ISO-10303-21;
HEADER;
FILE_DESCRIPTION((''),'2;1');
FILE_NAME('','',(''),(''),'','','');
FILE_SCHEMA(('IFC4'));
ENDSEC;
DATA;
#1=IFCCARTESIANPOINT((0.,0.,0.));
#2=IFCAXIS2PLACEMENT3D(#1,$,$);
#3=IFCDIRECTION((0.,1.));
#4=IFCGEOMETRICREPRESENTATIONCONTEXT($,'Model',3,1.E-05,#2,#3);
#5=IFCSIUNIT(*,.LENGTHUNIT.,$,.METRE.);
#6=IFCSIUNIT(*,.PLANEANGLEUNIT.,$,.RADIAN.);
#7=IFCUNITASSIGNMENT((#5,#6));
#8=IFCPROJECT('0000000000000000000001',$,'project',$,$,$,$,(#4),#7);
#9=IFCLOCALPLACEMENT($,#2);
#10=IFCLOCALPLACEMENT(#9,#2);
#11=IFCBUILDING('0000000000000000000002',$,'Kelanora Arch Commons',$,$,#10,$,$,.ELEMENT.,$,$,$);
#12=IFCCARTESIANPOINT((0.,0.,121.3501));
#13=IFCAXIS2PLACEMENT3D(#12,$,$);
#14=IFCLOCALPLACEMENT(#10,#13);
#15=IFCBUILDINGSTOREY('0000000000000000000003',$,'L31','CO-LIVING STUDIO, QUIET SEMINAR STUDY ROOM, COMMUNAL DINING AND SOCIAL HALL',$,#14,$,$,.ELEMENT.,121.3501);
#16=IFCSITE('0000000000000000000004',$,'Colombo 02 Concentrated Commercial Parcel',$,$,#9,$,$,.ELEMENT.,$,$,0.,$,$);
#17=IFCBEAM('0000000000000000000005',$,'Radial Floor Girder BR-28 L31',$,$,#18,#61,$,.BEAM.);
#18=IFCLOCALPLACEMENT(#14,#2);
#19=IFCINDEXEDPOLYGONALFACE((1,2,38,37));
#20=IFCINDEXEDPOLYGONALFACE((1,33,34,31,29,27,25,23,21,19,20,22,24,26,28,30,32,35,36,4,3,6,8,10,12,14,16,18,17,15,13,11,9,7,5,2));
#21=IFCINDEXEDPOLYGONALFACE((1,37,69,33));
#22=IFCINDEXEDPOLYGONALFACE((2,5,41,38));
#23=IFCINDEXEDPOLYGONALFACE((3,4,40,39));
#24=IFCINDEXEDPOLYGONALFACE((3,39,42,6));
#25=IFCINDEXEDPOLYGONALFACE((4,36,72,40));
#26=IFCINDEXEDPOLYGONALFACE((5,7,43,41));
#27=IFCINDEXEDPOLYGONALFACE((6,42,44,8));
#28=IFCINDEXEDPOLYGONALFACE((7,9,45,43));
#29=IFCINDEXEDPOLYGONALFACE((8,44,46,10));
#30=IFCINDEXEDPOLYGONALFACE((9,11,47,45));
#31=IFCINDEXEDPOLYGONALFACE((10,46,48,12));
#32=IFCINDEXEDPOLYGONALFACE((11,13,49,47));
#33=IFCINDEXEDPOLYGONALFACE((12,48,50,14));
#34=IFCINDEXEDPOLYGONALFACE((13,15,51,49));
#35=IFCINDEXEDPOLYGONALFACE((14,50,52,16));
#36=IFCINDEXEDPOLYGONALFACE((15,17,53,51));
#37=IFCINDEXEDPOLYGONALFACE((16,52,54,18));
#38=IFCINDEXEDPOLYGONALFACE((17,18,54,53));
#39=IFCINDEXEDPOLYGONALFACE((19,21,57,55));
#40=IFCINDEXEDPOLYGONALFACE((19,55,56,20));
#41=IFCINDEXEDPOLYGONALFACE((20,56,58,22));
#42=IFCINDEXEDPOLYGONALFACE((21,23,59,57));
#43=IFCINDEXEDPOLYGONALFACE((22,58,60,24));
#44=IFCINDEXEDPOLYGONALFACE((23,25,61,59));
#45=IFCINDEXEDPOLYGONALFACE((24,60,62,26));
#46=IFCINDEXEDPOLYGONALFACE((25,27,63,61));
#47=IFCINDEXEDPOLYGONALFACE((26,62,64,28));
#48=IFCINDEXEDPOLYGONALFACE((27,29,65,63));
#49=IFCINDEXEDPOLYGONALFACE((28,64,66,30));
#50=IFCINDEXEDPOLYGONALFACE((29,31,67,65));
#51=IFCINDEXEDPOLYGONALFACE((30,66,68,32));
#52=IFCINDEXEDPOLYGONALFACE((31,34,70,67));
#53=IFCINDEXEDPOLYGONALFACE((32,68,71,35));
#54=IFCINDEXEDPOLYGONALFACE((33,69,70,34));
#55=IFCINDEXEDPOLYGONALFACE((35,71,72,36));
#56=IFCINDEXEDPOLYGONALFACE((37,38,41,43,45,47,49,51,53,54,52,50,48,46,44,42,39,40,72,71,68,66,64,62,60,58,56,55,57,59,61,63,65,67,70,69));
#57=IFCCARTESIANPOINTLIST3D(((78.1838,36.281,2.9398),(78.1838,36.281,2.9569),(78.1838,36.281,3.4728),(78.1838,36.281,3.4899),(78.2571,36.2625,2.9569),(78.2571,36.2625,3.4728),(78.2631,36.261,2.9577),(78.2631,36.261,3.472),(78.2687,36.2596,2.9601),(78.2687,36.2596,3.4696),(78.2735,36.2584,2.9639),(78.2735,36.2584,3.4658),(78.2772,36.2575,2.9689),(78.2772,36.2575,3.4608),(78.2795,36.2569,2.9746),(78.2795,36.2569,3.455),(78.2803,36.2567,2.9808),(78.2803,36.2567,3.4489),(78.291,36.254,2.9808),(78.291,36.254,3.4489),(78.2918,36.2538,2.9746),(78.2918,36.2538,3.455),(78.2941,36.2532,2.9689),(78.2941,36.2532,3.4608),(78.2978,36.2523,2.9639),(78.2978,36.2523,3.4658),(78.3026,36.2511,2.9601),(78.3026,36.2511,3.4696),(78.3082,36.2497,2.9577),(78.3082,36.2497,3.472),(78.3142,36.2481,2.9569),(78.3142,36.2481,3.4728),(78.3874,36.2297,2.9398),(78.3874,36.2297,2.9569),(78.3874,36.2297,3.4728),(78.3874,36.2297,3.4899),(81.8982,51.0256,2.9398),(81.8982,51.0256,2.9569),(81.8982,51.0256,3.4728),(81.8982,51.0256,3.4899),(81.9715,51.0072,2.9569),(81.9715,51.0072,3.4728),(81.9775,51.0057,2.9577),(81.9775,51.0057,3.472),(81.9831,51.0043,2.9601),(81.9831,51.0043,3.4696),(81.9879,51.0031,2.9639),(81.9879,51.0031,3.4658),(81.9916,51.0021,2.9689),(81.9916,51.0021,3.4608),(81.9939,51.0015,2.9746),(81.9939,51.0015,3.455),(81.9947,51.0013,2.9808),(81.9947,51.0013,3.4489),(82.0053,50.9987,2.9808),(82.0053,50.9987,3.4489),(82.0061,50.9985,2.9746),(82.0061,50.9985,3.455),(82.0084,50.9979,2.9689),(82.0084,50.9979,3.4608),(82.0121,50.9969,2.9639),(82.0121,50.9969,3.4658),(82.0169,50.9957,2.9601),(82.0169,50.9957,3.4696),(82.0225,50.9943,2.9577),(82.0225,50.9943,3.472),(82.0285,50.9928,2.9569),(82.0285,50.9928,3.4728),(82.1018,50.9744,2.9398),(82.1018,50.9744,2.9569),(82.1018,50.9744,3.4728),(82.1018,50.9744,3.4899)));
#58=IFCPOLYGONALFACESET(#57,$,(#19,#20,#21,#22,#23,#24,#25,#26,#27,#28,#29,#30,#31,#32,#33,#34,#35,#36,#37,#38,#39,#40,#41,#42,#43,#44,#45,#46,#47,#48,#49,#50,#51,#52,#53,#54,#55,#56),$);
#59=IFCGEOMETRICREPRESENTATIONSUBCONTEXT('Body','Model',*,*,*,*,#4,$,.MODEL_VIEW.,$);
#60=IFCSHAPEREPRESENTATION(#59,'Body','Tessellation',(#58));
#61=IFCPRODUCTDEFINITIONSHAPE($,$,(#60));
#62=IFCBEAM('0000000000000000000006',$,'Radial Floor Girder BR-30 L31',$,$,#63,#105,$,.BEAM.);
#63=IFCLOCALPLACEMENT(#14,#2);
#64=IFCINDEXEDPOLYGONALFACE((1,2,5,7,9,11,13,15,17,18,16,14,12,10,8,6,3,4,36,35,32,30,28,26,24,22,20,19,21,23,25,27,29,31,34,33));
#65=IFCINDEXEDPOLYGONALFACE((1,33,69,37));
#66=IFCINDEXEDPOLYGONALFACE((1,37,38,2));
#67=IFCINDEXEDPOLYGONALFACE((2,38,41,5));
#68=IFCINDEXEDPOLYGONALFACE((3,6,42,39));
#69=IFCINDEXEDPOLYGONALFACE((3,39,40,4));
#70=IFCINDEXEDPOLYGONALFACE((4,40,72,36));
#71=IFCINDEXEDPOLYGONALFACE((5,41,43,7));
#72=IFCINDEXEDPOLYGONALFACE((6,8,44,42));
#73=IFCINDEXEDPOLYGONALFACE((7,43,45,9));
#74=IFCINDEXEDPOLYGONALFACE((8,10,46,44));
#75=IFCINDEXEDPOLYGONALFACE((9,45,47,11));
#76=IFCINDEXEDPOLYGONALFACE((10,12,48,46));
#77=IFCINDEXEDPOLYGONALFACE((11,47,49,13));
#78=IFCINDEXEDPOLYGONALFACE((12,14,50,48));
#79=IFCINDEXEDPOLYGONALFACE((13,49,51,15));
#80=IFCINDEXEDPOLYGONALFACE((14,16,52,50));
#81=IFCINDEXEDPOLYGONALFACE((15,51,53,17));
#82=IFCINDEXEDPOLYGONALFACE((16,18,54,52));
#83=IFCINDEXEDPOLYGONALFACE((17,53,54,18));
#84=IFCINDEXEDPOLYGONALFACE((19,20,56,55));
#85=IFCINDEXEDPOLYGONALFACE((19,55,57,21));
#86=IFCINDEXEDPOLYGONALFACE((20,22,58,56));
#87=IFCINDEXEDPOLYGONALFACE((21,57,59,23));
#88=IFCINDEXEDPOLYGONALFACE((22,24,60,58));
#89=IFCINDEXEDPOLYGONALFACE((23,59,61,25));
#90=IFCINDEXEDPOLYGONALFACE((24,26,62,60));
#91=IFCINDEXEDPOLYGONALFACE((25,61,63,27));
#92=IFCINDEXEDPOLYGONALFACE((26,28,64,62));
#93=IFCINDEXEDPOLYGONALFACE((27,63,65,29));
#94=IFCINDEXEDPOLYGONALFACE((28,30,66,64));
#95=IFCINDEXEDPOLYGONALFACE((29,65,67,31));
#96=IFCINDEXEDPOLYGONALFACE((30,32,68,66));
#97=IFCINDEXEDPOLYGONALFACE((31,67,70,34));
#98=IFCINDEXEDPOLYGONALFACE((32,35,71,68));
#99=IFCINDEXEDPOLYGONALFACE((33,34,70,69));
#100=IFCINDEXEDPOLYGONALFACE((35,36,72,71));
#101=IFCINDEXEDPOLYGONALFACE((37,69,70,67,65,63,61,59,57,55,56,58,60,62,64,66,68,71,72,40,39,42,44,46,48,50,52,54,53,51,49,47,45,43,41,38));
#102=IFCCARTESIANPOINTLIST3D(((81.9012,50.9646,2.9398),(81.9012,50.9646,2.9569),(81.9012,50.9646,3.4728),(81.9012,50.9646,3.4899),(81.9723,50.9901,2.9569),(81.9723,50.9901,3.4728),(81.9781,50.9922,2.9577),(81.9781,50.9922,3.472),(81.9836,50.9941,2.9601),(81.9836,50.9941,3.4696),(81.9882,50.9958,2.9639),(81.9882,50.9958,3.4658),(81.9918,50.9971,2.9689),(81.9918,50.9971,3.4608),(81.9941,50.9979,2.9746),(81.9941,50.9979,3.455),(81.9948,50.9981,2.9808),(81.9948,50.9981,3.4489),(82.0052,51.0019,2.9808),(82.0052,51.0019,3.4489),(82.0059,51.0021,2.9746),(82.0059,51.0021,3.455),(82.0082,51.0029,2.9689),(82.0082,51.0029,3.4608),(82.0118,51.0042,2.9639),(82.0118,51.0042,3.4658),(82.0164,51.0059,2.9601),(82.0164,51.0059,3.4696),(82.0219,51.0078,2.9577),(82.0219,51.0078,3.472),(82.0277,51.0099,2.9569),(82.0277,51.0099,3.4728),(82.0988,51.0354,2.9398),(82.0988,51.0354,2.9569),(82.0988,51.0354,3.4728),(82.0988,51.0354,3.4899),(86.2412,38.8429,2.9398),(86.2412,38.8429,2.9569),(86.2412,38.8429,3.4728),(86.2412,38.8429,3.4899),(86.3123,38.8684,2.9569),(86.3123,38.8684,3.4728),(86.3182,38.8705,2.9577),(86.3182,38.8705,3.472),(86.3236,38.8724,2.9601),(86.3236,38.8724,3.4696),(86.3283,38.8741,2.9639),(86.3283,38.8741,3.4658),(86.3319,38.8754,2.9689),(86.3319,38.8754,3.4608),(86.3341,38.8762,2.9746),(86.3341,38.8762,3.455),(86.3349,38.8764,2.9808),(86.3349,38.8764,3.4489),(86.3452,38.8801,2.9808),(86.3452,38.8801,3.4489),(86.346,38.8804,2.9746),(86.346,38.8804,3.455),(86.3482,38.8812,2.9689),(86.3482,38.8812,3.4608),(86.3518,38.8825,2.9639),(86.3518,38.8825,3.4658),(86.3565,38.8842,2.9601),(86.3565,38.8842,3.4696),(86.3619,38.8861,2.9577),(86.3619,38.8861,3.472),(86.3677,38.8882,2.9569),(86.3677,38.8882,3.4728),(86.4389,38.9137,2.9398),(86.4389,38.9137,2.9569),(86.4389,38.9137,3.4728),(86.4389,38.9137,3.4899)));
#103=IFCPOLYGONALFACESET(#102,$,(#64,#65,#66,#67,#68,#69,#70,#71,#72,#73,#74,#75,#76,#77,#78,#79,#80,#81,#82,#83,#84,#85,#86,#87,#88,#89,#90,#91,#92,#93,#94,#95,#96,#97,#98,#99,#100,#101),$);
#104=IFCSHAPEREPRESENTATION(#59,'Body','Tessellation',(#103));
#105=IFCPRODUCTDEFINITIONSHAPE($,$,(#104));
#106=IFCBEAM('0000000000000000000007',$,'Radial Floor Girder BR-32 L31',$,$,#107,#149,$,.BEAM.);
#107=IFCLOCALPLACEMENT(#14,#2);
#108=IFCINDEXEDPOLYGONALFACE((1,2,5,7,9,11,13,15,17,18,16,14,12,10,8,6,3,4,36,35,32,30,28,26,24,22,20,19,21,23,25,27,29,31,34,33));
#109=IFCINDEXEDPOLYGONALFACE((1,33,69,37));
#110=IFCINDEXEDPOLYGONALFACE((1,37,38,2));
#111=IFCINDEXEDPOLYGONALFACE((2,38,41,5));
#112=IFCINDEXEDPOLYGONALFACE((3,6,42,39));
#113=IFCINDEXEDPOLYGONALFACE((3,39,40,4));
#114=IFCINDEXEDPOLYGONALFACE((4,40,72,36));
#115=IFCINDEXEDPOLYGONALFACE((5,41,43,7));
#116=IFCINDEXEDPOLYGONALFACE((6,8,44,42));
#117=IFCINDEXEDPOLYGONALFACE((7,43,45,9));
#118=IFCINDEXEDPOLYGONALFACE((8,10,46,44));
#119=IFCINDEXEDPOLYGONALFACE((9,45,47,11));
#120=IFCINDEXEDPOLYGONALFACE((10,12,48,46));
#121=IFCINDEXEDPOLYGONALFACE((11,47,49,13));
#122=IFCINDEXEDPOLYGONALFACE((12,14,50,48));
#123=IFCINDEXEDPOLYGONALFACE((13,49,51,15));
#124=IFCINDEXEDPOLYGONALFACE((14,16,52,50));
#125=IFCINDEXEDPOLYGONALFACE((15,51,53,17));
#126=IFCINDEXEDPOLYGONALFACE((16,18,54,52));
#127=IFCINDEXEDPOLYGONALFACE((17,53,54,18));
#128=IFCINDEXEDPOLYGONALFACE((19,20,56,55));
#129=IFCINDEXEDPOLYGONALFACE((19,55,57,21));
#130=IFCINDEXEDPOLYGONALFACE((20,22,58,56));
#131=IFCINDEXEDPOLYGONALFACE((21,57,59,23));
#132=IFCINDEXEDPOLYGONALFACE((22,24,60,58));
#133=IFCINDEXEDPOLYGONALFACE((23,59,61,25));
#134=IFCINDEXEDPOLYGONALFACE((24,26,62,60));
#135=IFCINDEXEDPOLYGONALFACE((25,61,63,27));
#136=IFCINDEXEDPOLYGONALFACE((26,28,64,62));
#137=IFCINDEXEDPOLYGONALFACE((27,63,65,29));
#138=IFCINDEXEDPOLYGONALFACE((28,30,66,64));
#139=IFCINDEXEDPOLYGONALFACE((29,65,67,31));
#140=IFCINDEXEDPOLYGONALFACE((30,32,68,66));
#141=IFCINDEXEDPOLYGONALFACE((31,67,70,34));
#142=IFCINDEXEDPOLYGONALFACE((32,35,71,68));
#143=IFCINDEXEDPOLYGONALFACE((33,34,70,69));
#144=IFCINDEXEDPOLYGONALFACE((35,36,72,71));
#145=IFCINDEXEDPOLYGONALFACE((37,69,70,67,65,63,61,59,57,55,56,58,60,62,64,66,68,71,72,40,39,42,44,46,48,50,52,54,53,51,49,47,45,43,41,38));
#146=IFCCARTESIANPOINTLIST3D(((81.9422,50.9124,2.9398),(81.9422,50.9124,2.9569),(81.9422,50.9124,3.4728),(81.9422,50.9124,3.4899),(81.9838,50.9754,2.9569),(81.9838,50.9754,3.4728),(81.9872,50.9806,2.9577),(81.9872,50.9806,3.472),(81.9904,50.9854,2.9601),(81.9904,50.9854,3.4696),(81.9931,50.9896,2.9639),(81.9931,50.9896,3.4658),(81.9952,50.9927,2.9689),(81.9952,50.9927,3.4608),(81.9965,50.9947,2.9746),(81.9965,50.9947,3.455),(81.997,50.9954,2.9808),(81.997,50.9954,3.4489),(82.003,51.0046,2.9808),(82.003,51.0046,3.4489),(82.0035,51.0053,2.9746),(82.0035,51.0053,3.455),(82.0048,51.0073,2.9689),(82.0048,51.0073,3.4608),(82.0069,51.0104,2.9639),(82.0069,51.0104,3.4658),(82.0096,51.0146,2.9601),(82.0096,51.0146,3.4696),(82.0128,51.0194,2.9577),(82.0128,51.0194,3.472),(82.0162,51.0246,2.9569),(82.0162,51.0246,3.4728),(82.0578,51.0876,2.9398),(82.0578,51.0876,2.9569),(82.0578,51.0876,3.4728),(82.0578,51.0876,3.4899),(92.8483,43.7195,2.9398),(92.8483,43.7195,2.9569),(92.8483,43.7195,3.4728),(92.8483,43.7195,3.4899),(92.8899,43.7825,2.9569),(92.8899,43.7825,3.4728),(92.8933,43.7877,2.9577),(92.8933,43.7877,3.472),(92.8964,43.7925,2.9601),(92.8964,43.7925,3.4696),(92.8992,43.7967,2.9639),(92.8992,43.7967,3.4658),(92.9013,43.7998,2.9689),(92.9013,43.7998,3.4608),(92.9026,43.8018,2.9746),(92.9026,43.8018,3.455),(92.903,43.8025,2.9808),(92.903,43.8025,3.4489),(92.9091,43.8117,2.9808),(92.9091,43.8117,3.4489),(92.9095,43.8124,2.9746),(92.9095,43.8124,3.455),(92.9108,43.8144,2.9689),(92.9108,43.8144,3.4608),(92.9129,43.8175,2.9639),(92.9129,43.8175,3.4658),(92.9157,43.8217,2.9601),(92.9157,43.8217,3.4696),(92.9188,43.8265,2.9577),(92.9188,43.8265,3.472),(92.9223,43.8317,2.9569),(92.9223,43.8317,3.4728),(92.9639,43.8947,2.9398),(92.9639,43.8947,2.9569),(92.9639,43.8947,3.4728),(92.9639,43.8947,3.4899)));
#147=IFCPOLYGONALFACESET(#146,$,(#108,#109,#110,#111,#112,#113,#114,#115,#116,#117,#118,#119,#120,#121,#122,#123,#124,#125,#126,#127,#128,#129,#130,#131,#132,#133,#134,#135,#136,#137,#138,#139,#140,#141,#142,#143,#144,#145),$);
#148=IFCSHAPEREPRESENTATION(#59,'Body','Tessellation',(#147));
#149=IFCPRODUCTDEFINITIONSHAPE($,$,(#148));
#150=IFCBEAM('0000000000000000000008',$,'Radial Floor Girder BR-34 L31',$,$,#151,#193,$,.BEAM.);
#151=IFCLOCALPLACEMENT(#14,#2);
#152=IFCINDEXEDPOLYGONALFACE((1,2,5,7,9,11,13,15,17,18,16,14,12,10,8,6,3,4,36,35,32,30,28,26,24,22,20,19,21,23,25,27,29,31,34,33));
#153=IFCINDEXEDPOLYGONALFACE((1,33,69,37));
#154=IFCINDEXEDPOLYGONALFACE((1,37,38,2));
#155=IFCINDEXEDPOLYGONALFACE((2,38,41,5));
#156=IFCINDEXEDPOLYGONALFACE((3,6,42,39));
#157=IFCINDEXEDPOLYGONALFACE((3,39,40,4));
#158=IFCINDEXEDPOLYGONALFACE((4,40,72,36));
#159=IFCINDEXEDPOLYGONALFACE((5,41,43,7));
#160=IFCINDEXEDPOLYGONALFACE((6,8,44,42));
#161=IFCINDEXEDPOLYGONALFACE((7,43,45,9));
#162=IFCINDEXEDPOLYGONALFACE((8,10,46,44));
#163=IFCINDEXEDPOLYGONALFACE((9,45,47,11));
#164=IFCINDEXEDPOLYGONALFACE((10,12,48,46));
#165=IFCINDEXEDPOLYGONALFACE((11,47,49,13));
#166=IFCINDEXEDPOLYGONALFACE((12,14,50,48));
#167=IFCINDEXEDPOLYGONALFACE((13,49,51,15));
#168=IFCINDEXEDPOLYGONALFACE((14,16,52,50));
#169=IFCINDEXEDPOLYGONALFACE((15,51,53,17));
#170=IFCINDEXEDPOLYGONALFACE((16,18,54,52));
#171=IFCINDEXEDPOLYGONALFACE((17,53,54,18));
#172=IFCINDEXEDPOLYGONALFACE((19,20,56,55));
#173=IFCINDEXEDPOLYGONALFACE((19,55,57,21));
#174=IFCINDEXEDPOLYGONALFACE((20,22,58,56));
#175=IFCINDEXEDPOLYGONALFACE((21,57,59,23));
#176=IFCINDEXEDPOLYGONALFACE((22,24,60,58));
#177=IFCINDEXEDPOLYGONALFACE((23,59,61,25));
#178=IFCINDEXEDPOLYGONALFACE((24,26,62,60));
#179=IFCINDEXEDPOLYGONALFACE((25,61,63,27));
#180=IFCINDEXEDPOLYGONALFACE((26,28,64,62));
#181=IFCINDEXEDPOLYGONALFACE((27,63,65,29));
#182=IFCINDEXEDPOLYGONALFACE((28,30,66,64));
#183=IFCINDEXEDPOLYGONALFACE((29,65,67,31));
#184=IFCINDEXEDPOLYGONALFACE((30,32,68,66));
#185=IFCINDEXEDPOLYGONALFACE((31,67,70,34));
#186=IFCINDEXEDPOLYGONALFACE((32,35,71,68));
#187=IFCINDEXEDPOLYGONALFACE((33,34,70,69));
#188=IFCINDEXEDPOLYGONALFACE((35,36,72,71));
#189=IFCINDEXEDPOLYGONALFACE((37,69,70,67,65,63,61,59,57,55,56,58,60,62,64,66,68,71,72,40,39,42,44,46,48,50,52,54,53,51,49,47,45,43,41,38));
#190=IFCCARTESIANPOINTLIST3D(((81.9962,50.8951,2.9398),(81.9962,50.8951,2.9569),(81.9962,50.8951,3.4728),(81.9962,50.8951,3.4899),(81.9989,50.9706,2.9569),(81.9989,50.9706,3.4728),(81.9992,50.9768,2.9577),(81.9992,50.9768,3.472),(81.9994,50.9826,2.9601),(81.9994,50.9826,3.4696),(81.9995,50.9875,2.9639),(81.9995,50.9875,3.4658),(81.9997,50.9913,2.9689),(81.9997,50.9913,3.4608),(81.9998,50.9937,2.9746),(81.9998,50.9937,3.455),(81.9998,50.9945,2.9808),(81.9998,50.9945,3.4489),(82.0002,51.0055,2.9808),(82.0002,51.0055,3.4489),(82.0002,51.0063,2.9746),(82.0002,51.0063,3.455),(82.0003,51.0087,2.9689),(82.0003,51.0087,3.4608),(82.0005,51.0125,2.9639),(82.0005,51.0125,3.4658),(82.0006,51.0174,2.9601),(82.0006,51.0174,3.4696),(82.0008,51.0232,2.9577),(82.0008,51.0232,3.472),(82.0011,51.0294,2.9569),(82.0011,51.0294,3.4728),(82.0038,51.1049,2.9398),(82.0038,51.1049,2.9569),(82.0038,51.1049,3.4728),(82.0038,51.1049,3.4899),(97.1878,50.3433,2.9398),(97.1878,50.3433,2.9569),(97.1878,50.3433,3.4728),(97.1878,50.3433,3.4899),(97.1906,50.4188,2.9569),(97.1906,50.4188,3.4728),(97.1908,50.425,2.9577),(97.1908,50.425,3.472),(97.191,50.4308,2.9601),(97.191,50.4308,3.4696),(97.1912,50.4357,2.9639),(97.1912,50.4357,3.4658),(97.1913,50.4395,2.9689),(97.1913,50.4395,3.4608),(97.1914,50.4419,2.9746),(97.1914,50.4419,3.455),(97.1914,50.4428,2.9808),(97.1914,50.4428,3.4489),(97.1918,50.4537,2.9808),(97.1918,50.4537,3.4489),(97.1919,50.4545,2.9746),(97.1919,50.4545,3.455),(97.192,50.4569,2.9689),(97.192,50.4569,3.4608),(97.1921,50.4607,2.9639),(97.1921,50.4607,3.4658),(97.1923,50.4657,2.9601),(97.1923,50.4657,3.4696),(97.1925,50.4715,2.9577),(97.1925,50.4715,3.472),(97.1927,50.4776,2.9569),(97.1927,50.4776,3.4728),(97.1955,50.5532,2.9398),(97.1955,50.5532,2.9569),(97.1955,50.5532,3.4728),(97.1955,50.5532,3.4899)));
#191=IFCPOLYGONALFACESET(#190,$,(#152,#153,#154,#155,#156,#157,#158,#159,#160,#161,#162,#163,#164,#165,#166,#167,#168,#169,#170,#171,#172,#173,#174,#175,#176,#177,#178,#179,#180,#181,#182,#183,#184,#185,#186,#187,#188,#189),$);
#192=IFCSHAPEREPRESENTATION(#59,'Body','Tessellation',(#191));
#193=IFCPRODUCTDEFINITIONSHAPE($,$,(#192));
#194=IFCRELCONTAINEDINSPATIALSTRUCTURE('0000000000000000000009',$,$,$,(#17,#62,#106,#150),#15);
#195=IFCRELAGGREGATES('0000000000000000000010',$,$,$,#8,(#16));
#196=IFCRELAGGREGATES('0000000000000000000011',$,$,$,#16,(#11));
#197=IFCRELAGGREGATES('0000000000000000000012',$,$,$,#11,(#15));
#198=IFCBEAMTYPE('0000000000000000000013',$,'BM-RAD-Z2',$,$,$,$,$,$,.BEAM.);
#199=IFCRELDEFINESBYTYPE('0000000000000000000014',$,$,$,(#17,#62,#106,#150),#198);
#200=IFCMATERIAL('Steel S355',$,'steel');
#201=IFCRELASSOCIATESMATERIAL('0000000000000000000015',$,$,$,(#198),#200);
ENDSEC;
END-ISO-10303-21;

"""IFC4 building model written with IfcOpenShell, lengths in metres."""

from ifc_helpers import new_model, si_unit, direction, frame, origin, origin_2d, place, context, subcontext, project, spatial, i_section, extrude, material, material_profile, profile_set, type_object, element, save


model = new_model("IFC4")

# Units and contexts
model_context = context("Model", 3, precision=1e-05, world=origin(), true_north=direction((0.0, 1.0)))
body_context = subcontext(model_context, "Body", "Model", "MODEL_VIEW")
ifc_project = project(units=[si_unit("LENGTHUNIT", "METRE"), si_unit("PLANEANGLEUNIT", "RADIAN")], contexts=[model_context])

# Site, building, storey
site_placement = place(None, origin())
site = spatial("IfcSite", under=ifc_project, at=site_placement, Name="Colombo 02 Concentrated Commercial Parcel", CompositionType="ELEMENT", RefElevation=0.0)
building_placement = place(site_placement, origin())
building = spatial("IfcBuilding", under=site, at=building_placement, Name="Kelanora Arch Commons", CompositionType="ELEMENT")
storey_placement = place(building_placement, frame((0.0, 0.0, 121.3501)))
storey = spatial("IfcBuildingStorey", under=building, at=storey_placement, Name="L31", Description="CO-LIVING STUDIO, QUIET SEMINAR STUDY ROOM, COMMUNAL DINING AND SOCIAL HALL", CompositionType="ELEMENT", Elevation=121.3501)

# Beams
ifc_material_1 = material(Name="Steel S355", Category="steel")
ifc_material_profile_1 = material_profile(ifc_material_1, i_section(OverallWidth=0.21, OverallDepth=0.55, WebThickness=0.011, FlangeThickness=0.0171, FilletRadius=0.0239, at=origin_2d()), Name="IPE550")
ifc_profile_set_1 = profile_set([ifc_material_profile_1], Name="Steel S355")
beam_type_1 = type_object("IfcBeamType", Name="BM-RAD-Z2", PredefinedType="BEAM", material=ifc_profile_set_1)
beam_1_placement = place(storey_placement, frame((82.0, 51.0, 3.2148), z_axis=(-0.244281, -0.969705, 0.0), x_axis=(0.969705, -0.244281, 0.0)))
element("IfcBeam", 1, at=beam_1_placement, inside=storey, type_object=beam_type_1, Name="Radial Floor Girder BR-28 L31", PredefinedType="BEAM", context=body_context, shape_type="SweptSolid", body=[
    extrude(i_section(OverallWidth=0.21, OverallDepth=0.55, WebThickness=0.011, FlangeThickness=0.0171, FilletRadius=0.0239, at=origin_2d()), origin(), (0.0, 0.0, 1.0), 15.2053),
])
beam_2_placement = place(storey_placement, frame((82.0, 51.0, 3.2148), z_axis=(0.337085, -0.941474, 0.0), x_axis=(0.941474, 0.337085, 0.0)))
element("IfcBeam", 2, at=beam_2_placement, inside=storey, type_object=beam_type_1, Name="Radial Floor Girder BR-30 L31", PredefinedType="BEAM", context=body_context, shape_type="SweptSolid", body=[
    extrude(i_section(OverallWidth=0.21, OverallDepth=0.55, WebThickness=0.011, FlangeThickness=0.0171, FilletRadius=0.0239, at=origin_2d()), origin(), (0.0, 0.0, 1.0), 12.8752),
])
beam_3_placement = place(storey_placement, frame((82.0, 51.0, 3.2148), z_axis=(0.834789, -0.550571, 0.0), x_axis=(0.550571, 0.834789, 0.0)))
element("IfcBeam", 3, at=beam_3_placement, inside=storey, type_object=beam_type_1, Name="Radial Floor Girder BR-32 L31", PredefinedType="BEAM", context=body_context, shape_type="SweptSolid", body=[
    extrude(i_section(OverallWidth=0.21, OverallDepth=0.55, WebThickness=0.011, FlangeThickness=0.0171, FilletRadius=0.0239, at=origin_2d()), origin(), (0.0, 0.0, 1.0), 13.0645),
])
beam_4_placement = place(storey_placement, frame((82.0, 51.0, 3.2148), z_axis=(0.999341, -0.036296, 0.0), x_axis=(0.036296, 0.999341, 0.0)))
element("IfcBeam", 4, at=beam_4_placement, inside=storey, type_object=beam_type_1, Name="Radial Floor Girder BR-34 L31", PredefinedType="BEAM", context=body_context, shape_type="SweptSolid", body=[
    extrude(i_section(OverallWidth=0.21, OverallDepth=0.55, WebThickness=0.011, FlangeThickness=0.0171, FilletRadius=0.0239, at=origin_2d()), origin(), (0.0, 0.0, 1.0), 15.2017),
])

save(model, "model.ifc")
